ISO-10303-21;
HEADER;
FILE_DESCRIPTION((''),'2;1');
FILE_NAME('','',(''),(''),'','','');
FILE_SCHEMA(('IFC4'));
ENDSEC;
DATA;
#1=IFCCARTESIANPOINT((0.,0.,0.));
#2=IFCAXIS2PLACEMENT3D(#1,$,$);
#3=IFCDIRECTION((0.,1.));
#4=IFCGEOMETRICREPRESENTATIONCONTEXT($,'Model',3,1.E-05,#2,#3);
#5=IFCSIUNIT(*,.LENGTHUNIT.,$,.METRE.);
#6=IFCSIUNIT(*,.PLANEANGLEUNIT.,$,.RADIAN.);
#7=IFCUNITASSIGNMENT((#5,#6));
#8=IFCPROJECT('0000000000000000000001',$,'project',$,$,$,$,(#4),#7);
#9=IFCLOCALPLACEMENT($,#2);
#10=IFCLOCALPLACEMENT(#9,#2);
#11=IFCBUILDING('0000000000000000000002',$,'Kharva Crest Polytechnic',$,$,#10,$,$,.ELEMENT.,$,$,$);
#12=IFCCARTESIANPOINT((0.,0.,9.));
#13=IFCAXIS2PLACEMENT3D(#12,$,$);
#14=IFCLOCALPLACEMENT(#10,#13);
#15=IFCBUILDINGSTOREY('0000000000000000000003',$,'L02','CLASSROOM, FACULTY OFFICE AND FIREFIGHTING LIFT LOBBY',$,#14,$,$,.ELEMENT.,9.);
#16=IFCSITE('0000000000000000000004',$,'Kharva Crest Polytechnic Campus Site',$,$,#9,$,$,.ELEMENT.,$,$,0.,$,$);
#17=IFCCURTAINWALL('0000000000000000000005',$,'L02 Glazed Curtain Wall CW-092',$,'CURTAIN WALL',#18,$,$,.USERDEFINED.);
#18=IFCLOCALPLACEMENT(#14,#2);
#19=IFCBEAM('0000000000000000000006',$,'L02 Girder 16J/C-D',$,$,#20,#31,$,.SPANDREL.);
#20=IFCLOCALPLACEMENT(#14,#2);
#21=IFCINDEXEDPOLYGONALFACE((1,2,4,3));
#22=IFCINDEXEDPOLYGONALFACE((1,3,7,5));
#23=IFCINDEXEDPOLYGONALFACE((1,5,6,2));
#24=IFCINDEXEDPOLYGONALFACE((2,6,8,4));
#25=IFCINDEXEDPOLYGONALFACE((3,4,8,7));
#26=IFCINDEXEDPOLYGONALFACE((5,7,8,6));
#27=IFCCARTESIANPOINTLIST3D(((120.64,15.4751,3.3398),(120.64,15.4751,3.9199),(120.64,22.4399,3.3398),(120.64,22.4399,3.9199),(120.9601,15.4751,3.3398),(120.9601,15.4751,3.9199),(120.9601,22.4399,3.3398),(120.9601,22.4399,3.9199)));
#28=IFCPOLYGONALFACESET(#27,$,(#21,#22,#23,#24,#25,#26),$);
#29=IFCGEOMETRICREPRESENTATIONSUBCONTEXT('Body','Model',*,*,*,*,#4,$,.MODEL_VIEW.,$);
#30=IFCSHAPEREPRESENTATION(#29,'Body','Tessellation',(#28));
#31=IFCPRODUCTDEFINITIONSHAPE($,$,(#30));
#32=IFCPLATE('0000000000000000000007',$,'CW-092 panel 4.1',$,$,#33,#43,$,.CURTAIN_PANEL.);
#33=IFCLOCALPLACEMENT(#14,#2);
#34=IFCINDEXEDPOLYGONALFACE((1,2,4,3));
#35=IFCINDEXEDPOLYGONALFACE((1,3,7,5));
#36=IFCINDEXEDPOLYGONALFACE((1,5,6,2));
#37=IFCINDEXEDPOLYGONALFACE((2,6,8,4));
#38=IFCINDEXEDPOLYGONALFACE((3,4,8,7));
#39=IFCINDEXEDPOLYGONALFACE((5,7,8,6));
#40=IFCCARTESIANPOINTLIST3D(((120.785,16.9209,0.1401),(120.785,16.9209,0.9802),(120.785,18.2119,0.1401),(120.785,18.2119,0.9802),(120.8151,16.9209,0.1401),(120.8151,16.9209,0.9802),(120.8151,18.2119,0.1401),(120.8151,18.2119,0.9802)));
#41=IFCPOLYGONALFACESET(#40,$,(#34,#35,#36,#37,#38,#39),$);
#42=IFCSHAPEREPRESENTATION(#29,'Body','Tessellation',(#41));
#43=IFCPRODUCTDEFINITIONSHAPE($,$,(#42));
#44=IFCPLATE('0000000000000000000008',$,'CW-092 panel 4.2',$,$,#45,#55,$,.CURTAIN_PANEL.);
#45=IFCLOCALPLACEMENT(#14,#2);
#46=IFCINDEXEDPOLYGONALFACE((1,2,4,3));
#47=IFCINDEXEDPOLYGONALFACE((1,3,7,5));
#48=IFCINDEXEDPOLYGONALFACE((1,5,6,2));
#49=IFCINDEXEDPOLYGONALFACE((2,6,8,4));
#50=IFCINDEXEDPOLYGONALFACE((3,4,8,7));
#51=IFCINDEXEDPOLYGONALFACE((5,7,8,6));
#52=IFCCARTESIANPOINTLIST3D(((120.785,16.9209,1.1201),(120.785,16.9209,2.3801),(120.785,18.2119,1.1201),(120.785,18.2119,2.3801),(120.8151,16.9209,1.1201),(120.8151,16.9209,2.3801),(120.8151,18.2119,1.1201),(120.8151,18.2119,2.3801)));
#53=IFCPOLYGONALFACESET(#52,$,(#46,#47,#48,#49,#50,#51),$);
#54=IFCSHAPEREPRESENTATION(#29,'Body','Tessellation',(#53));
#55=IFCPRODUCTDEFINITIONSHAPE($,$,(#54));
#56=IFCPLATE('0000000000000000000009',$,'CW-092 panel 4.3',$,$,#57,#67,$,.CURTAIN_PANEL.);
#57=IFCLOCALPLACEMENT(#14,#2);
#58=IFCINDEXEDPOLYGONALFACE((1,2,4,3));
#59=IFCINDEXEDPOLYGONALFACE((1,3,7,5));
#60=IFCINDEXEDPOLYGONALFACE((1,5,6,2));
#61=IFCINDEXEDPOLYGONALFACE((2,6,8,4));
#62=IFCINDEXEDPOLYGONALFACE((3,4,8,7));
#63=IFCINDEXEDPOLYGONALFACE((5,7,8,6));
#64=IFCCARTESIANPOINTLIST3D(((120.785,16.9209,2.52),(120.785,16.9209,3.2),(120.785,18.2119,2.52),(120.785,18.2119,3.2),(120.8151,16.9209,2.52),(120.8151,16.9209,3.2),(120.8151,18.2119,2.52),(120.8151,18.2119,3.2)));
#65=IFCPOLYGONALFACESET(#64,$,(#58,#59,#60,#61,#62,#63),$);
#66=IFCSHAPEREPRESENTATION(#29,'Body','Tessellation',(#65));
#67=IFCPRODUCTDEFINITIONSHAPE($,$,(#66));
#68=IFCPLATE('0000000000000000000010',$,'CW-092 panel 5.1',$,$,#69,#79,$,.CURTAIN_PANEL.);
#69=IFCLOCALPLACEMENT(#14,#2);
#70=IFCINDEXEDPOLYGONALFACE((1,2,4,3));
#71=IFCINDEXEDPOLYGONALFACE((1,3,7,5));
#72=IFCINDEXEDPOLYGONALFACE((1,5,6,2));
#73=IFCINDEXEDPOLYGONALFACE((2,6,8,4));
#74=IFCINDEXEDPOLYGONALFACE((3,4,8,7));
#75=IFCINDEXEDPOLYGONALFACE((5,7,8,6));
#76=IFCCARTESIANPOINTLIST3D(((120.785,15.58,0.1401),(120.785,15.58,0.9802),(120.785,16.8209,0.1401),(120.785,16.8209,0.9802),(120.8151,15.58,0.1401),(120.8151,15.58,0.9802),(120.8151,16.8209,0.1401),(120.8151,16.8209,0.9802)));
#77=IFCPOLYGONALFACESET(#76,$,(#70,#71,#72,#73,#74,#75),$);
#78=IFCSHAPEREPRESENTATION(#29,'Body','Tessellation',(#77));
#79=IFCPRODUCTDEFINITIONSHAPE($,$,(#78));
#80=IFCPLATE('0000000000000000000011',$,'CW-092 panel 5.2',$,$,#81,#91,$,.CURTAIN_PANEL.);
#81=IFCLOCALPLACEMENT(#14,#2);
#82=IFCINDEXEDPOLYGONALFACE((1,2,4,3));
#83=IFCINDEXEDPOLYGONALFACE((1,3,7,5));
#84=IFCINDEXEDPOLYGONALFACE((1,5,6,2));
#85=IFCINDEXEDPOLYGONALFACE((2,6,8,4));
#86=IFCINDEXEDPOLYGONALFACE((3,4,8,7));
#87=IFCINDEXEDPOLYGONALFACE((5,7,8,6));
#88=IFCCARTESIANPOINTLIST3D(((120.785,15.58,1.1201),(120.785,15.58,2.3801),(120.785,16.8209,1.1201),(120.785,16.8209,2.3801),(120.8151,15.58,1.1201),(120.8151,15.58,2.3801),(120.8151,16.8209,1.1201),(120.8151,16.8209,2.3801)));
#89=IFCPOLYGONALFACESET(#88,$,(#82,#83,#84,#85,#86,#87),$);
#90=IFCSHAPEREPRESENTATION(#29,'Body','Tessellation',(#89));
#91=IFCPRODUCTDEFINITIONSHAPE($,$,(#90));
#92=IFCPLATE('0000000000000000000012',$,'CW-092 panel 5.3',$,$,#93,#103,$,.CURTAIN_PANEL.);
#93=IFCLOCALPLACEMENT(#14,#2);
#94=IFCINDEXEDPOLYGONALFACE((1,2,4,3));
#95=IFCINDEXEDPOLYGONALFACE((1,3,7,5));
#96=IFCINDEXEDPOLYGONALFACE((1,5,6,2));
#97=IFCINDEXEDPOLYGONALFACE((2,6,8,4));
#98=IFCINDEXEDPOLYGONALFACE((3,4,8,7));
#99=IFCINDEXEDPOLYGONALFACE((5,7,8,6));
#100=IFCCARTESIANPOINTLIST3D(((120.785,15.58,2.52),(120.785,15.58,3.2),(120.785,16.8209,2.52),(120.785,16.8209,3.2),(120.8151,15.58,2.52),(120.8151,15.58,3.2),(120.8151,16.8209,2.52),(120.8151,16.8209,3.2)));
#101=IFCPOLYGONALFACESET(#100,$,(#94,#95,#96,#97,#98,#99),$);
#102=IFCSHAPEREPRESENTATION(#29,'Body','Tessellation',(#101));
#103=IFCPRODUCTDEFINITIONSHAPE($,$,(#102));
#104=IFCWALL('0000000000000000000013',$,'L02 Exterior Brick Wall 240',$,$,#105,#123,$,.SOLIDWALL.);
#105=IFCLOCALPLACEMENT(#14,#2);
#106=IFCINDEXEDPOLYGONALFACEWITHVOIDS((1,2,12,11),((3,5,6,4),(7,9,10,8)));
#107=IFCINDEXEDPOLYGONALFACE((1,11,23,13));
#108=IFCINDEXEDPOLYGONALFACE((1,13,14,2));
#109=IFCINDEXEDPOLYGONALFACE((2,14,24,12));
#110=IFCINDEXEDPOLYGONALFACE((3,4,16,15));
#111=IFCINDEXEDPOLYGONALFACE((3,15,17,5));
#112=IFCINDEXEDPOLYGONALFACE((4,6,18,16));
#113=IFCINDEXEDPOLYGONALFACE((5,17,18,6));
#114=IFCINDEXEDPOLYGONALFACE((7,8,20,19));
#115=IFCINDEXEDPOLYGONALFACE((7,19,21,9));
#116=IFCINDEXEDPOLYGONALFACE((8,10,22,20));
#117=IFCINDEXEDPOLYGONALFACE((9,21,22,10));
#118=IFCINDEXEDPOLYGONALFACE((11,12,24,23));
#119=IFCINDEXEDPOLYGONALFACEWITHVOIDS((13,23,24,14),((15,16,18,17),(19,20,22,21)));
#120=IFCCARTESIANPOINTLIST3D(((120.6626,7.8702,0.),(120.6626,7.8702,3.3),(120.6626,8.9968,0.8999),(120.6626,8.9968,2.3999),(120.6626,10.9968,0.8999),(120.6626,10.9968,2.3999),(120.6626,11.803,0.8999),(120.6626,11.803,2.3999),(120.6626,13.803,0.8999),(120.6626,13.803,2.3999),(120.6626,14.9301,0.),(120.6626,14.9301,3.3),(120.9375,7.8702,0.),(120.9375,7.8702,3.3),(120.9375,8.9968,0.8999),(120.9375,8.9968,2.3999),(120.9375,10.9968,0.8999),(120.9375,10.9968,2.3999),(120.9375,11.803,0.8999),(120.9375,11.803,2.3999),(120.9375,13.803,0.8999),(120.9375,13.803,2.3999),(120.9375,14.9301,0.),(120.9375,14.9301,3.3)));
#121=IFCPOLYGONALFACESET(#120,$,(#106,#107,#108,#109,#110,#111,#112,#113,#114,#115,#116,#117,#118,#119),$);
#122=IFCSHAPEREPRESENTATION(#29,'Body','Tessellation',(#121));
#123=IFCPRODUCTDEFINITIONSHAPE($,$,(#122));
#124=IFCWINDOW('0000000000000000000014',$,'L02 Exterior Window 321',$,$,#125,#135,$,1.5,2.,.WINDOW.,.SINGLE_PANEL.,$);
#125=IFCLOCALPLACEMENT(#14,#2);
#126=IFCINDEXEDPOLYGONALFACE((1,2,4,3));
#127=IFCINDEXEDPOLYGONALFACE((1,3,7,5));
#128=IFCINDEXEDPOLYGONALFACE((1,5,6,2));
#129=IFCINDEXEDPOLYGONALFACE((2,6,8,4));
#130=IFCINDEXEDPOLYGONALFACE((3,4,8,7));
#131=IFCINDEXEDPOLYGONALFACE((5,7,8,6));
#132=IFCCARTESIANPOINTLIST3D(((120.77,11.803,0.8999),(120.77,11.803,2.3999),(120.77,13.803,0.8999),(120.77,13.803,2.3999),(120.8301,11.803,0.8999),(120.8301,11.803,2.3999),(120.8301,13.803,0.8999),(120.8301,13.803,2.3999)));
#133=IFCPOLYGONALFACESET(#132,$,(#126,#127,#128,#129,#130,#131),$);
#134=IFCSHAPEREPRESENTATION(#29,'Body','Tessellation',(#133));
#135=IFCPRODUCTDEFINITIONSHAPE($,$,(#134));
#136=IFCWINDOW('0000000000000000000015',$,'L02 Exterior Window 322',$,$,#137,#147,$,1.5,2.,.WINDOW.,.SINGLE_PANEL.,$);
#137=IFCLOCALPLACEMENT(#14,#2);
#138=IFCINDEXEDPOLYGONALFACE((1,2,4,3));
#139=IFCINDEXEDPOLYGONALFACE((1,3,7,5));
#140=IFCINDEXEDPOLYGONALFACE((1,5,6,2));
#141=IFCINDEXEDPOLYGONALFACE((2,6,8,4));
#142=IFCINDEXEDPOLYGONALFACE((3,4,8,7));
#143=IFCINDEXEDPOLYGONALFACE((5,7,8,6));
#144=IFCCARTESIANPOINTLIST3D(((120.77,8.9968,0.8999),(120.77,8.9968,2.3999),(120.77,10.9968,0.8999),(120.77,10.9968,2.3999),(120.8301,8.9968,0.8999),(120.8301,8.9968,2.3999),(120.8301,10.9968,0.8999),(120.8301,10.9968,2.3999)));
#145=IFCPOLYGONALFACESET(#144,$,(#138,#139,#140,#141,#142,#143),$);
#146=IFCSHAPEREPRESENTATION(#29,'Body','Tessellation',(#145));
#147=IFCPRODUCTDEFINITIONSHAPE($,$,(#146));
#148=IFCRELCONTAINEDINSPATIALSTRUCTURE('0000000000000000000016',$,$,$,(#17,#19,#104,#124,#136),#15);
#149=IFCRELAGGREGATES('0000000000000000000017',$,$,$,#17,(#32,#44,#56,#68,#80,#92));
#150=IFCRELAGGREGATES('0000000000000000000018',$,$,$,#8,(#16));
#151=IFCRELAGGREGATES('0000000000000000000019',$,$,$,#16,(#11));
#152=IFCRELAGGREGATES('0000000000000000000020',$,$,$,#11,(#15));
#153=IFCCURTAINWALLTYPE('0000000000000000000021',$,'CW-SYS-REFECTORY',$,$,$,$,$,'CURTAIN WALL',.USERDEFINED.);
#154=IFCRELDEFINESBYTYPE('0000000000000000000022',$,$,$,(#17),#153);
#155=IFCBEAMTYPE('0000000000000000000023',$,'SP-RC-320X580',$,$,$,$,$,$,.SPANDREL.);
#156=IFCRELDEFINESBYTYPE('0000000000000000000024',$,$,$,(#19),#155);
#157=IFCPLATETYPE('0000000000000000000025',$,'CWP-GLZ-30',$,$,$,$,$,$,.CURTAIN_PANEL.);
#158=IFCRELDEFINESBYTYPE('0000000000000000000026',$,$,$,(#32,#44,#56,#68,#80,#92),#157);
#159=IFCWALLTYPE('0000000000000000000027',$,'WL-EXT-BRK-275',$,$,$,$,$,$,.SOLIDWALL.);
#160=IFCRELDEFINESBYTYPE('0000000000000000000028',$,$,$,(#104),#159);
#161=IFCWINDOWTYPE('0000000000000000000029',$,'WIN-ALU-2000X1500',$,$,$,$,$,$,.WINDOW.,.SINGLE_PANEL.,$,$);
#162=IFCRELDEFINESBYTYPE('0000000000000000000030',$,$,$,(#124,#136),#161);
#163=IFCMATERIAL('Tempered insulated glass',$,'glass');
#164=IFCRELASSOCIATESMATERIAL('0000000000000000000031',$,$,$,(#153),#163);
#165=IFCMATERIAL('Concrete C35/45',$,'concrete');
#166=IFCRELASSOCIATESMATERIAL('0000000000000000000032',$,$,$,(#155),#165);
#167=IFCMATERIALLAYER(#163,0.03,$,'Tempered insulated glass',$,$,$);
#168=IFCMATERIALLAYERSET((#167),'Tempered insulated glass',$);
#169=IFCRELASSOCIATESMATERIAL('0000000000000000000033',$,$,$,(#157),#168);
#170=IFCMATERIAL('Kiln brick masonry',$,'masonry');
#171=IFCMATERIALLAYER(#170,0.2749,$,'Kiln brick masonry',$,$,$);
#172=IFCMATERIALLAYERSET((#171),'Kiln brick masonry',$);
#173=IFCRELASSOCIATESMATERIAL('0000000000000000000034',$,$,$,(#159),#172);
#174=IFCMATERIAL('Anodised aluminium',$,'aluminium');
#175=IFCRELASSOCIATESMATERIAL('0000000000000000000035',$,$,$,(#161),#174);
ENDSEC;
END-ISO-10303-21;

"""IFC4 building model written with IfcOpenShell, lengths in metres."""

from ifc_helpers import new_model, si_unit, direction, frame, frame_2d, origin, origin_2d, place, context, subcontext, project, spatial, rectangle, extrude, material, layer, layer_set, material_profile, profile_set, type_object, element, fill, aggregate, save


model = new_model("IFC4")

# Units and contexts
model_context = context("Model", 3, precision=1e-05, world=origin(), true_north=direction((0.0, 1.0)))
body_context = subcontext(model_context, "Body", "Model", "MODEL_VIEW")
ifc_project = project(units=[si_unit("LENGTHUNIT", "METRE"), si_unit("PLANEANGLEUNIT", "RADIAN")], contexts=[model_context])

# Site, building, storey
site_placement = place(None, origin())
site = spatial("IfcSite", under=ifc_project, at=site_placement, Name="Kharva Crest Polytechnic Campus Site", CompositionType="ELEMENT", RefElevation=0.0)
building_placement = place(site_placement, origin())
building = spatial("IfcBuilding", under=site, at=building_placement, Name="Kharva Crest Polytechnic", CompositionType="ELEMENT")
storey_placement = place(building_placement, frame((0.0, 0.0, 9.0)))
storey = spatial("IfcBuildingStorey", under=building, at=storey_placement, Name="L02", Description="CLASSROOM, FACULTY OFFICE AND FIREFIGHTING LIFT LOBBY", CompositionType="ELEMENT", Elevation=9.0)

# Shared definitions
ifc_material_1 = material(Name="Concrete C35/45", Category="concrete")

# Curtain wall
ifc_material_2 = material(Name="Tempered insulated glass", Category="glass")
curtain_wall_type = type_object("IfcCurtainWallType", Name="CW-SYS-REFECTORY", ElementType="CURTAIN WALL", PredefinedType="USERDEFINED", material=ifc_material_2)
curtain_wall_placement = place(storey_placement, origin())
curtain_wall = element("IfcCurtainWall", 1, at=curtain_wall_placement, inside=storey, type_object=curtain_wall_type, Name="L02 Glazed Curtain Wall CW-092", ObjectType="CURTAIN WALL", PredefinedType="USERDEFINED")

# Beam
ifc_material_profile_1 = material_profile(ifc_material_1, rectangle(XDim=0.3201, YDim=0.5801, at=origin_2d()), Name="RECT 320 X 580")
ifc_profile_set_1 = profile_set([ifc_material_profile_1], Name="Concrete C35/45")
beam_type_1 = type_object("IfcBeamType", Name="SP-RC-320X580", PredefinedType="SPANDREL", material=ifc_profile_set_1)
beam_1_placement = place(storey_placement, frame((120.8, 15.4751, 3.6299), z_axis=(0.0, 1.0, 0.0), x_axis=(-1.0, 0.0, 0.0)))
element("IfcBeam", 2, at=beam_1_placement, inside=storey, type_object=beam_type_1, Name="L02 Girder 16J/C-D", PredefinedType="SPANDREL", context=body_context, shape_type="SweptSolid", body=[
    extrude(rectangle(XDim=0.3201, YDim=0.5801, at=origin_2d()), origin(), (0.0, 0.0, 1.0), 6.9648),
])

# Plates
ifc_layer_1 = layer(ifc_material_2, 0.03, Name="Tempered insulated glass")
ifc_layer_set_1 = layer_set([ifc_layer_1], Name="Tempered insulated glass")
plate_type = type_object("IfcPlateType", Name="CWP-GLZ-30", PredefinedType="CURTAIN_PANEL", material=ifc_layer_set_1)
plate_1_placement = place(storey_placement, frame((120.8, 17.5664, 0.1401), z_axis=(0.0, 0.0, 1.0), x_axis=(0.0, -1.0, 0.0)))
plate_1 = element("IfcPlate", 3, at=plate_1_placement, type_object=plate_type, Name="CW-092 panel 4.1", PredefinedType="CURTAIN_PANEL", context=body_context, shape_type="SweptSolid", body=[
    extrude(rectangle(XDim=1.291, YDim=0.03, at=origin_2d()), origin(), (0.0, 0.0, 1.0), 0.8401),
])
plate_2_placement = place(storey_placement, frame((120.8, 17.5664, 1.1201), z_axis=(0.0, 0.0, 1.0), x_axis=(0.0, -1.0, 0.0)))
plate_2 = element("IfcPlate", 4, at=plate_2_placement, type_object=plate_type, Name="CW-092 panel 4.2", PredefinedType="CURTAIN_PANEL", context=body_context, shape_type="SweptSolid", body=[
    extrude(rectangle(XDim=1.291, YDim=0.03, at=origin_2d()), origin(), (0.0, 0.0, 1.0), 1.26),
])
plate_3_placement = place(storey_placement, frame((120.8, 17.5664, 2.52), z_axis=(0.0, 0.0, 1.0), x_axis=(0.0, -1.0, 0.0)))
plate_3 = element("IfcPlate", 5, at=plate_3_placement, type_object=plate_type, Name="CW-092 panel 4.3", PredefinedType="CURTAIN_PANEL", context=body_context, shape_type="SweptSolid", body=[
    extrude(rectangle(XDim=1.291, YDim=0.03, at=origin_2d()), origin(), (0.0, 0.0, 1.0), 0.6799),
])
plate_4_placement = place(storey_placement, frame((120.8, 16.2004, 0.1401), z_axis=(0.0, 0.0, 1.0), x_axis=(0.0, -1.0, 0.0)))
plate_4 = element("IfcPlate", 6, at=plate_4_placement, type_object=plate_type, Name="CW-092 panel 5.1", PredefinedType="CURTAIN_PANEL", context=body_context, shape_type="SweptSolid", body=[
    extrude(rectangle(XDim=1.241, YDim=0.03, at=origin_2d()), origin(), (0.0, 0.0, 1.0), 0.8401),
])
plate_5_placement = place(storey_placement, frame((120.8, 16.2004, 1.1201), z_axis=(0.0, 0.0, 1.0), x_axis=(0.0, -1.0, 0.0)))
plate_5 = element("IfcPlate", 7, at=plate_5_placement, type_object=plate_type, Name="CW-092 panel 5.2", PredefinedType="CURTAIN_PANEL", context=body_context, shape_type="SweptSolid", body=[
    extrude(rectangle(XDim=1.241, YDim=0.03, at=origin_2d()), origin(), (0.0, 0.0, 1.0), 1.26),
])
plate_6_placement = place(storey_placement, frame((120.8, 16.2004, 2.52), z_axis=(0.0, 0.0, 1.0), x_axis=(0.0, -1.0, 0.0)))
plate_6 = element("IfcPlate", 8, at=plate_6_placement, type_object=plate_type, Name="CW-092 panel 5.3", PredefinedType="CURTAIN_PANEL", context=body_context, shape_type="SweptSolid", body=[
    extrude(rectangle(XDim=1.241, YDim=0.03, at=origin_2d()), origin(), (0.0, 0.0, 1.0), 0.6799),
])
aggregate(curtain_wall, [plate_1, plate_2, plate_3, plate_4, plate_5, plate_6])

# Wall, openings, windows
ifc_material_3 = material(Name="Kiln brick masonry", Category="masonry")
ifc_layer_2 = layer(ifc_material_3, 0.2749, Name="Kiln brick masonry")
ifc_layer_set_2 = layer_set([ifc_layer_2], Name="Kiln brick masonry")
wall_type = type_object("IfcWallType", Name="WL-EXT-BRK-275", PredefinedType="SOLIDWALL", material=ifc_layer_set_2)
wall_placement = place(storey_placement, frame((120.8, 14.9299, 0.0), z_axis=(0.0, 0.0, 1.0), x_axis=(0.0, -1.0, 0.0)))
wall = element("IfcWall", 9, at=wall_placement, inside=storey, type_object=wall_type, Name="L02 Exterior Brick Wall 240", PredefinedType="SOLIDWALL", context=body_context, shape_type="SweptSolid", body=[
    extrude(rectangle(XDim=7.0598, YDim=0.2749, at=frame_2d((3.5298, 0.0))), origin(), (0.0, 0.0, 1.0), 3.3),
])
opening_1_placement = place(wall_placement, frame((1.127, 0.0, 0.8999)))
opening_1 = element("IfcOpeningElement", 10, at=opening_1_placement, cuts=wall, PredefinedType="OPENING", context=body_context, shape_type="SweptSolid", body=[
    extrude(rectangle(XDim=2.0, YDim=1.5, at=frame_2d((1.0, 0.75))), frame((0.0, 0.1475, 0.0), z_axis=(0.0, -1.0, 0.0), x_axis=(1.0, 0.0, 0.0)), (0.0, 0.0, 1.0), 0.2949),
])
opening_2_placement = place(wall_placement, frame((3.9331, 0.0, 0.8999)))
opening_2 = element("IfcOpeningElement", 11, at=opening_2_placement, cuts=wall, PredefinedType="OPENING", context=body_context, shape_type="SweptSolid", body=[
    extrude(rectangle(XDim=2.0, YDim=1.5, at=frame_2d((1.0, 0.75))), frame((0.0, 0.1475, 0.0), z_axis=(0.0, -1.0, 0.0), x_axis=(1.0, 0.0, 0.0)), (0.0, 0.0, 1.0), 0.2949),
])
ifc_material_4 = material(Name="Anodised aluminium", Category="aluminium")
window_type = type_object("IfcWindowType", Name="WIN-ALU-2000X1500", PartitioningType="SINGLE_PANEL", PredefinedType="WINDOW", material=ifc_material_4)
window_1_placement = place(opening_1_placement, origin())
window_1 = element("IfcWindow", 12, at=window_1_placement, inside=storey, type_object=window_type, Name="L02 Exterior Window 321", OverallHeight=1.5, OverallWidth=2.0, PartitioningType="SINGLE_PANEL", PredefinedType="WINDOW", context=body_context, shape_type="SweptSolid", body=[
    extrude(rectangle(XDim=2.0, YDim=1.5, at=frame_2d((1.0, 0.75))), frame((0.0, 0.03, 0.0), z_axis=(0.0, -1.0, 0.0), x_axis=(1.0, 0.0, 0.0)), (0.0, 0.0, 1.0), 0.0601),
])
fill(opening_1, window_1)
window_2_placement = place(opening_2_placement, origin())
window_2 = element("IfcWindow", 13, at=window_2_placement, inside=storey, type_object=window_type, Name="L02 Exterior Window 322", OverallHeight=1.5, OverallWidth=2.0, PartitioningType="SINGLE_PANEL", PredefinedType="WINDOW", context=body_context, shape_type="SweptSolid", body=[
    extrude(rectangle(XDim=2.0, YDim=1.5, at=frame_2d((1.0, 0.75))), frame((0.0, 0.03, 0.0), z_axis=(0.0, -1.0, 0.0), x_axis=(1.0, 0.0, 0.0)), (0.0, 0.0, 1.0), 0.0601),
])
fill(opening_2, window_2)

save(model, "model.ifc")
